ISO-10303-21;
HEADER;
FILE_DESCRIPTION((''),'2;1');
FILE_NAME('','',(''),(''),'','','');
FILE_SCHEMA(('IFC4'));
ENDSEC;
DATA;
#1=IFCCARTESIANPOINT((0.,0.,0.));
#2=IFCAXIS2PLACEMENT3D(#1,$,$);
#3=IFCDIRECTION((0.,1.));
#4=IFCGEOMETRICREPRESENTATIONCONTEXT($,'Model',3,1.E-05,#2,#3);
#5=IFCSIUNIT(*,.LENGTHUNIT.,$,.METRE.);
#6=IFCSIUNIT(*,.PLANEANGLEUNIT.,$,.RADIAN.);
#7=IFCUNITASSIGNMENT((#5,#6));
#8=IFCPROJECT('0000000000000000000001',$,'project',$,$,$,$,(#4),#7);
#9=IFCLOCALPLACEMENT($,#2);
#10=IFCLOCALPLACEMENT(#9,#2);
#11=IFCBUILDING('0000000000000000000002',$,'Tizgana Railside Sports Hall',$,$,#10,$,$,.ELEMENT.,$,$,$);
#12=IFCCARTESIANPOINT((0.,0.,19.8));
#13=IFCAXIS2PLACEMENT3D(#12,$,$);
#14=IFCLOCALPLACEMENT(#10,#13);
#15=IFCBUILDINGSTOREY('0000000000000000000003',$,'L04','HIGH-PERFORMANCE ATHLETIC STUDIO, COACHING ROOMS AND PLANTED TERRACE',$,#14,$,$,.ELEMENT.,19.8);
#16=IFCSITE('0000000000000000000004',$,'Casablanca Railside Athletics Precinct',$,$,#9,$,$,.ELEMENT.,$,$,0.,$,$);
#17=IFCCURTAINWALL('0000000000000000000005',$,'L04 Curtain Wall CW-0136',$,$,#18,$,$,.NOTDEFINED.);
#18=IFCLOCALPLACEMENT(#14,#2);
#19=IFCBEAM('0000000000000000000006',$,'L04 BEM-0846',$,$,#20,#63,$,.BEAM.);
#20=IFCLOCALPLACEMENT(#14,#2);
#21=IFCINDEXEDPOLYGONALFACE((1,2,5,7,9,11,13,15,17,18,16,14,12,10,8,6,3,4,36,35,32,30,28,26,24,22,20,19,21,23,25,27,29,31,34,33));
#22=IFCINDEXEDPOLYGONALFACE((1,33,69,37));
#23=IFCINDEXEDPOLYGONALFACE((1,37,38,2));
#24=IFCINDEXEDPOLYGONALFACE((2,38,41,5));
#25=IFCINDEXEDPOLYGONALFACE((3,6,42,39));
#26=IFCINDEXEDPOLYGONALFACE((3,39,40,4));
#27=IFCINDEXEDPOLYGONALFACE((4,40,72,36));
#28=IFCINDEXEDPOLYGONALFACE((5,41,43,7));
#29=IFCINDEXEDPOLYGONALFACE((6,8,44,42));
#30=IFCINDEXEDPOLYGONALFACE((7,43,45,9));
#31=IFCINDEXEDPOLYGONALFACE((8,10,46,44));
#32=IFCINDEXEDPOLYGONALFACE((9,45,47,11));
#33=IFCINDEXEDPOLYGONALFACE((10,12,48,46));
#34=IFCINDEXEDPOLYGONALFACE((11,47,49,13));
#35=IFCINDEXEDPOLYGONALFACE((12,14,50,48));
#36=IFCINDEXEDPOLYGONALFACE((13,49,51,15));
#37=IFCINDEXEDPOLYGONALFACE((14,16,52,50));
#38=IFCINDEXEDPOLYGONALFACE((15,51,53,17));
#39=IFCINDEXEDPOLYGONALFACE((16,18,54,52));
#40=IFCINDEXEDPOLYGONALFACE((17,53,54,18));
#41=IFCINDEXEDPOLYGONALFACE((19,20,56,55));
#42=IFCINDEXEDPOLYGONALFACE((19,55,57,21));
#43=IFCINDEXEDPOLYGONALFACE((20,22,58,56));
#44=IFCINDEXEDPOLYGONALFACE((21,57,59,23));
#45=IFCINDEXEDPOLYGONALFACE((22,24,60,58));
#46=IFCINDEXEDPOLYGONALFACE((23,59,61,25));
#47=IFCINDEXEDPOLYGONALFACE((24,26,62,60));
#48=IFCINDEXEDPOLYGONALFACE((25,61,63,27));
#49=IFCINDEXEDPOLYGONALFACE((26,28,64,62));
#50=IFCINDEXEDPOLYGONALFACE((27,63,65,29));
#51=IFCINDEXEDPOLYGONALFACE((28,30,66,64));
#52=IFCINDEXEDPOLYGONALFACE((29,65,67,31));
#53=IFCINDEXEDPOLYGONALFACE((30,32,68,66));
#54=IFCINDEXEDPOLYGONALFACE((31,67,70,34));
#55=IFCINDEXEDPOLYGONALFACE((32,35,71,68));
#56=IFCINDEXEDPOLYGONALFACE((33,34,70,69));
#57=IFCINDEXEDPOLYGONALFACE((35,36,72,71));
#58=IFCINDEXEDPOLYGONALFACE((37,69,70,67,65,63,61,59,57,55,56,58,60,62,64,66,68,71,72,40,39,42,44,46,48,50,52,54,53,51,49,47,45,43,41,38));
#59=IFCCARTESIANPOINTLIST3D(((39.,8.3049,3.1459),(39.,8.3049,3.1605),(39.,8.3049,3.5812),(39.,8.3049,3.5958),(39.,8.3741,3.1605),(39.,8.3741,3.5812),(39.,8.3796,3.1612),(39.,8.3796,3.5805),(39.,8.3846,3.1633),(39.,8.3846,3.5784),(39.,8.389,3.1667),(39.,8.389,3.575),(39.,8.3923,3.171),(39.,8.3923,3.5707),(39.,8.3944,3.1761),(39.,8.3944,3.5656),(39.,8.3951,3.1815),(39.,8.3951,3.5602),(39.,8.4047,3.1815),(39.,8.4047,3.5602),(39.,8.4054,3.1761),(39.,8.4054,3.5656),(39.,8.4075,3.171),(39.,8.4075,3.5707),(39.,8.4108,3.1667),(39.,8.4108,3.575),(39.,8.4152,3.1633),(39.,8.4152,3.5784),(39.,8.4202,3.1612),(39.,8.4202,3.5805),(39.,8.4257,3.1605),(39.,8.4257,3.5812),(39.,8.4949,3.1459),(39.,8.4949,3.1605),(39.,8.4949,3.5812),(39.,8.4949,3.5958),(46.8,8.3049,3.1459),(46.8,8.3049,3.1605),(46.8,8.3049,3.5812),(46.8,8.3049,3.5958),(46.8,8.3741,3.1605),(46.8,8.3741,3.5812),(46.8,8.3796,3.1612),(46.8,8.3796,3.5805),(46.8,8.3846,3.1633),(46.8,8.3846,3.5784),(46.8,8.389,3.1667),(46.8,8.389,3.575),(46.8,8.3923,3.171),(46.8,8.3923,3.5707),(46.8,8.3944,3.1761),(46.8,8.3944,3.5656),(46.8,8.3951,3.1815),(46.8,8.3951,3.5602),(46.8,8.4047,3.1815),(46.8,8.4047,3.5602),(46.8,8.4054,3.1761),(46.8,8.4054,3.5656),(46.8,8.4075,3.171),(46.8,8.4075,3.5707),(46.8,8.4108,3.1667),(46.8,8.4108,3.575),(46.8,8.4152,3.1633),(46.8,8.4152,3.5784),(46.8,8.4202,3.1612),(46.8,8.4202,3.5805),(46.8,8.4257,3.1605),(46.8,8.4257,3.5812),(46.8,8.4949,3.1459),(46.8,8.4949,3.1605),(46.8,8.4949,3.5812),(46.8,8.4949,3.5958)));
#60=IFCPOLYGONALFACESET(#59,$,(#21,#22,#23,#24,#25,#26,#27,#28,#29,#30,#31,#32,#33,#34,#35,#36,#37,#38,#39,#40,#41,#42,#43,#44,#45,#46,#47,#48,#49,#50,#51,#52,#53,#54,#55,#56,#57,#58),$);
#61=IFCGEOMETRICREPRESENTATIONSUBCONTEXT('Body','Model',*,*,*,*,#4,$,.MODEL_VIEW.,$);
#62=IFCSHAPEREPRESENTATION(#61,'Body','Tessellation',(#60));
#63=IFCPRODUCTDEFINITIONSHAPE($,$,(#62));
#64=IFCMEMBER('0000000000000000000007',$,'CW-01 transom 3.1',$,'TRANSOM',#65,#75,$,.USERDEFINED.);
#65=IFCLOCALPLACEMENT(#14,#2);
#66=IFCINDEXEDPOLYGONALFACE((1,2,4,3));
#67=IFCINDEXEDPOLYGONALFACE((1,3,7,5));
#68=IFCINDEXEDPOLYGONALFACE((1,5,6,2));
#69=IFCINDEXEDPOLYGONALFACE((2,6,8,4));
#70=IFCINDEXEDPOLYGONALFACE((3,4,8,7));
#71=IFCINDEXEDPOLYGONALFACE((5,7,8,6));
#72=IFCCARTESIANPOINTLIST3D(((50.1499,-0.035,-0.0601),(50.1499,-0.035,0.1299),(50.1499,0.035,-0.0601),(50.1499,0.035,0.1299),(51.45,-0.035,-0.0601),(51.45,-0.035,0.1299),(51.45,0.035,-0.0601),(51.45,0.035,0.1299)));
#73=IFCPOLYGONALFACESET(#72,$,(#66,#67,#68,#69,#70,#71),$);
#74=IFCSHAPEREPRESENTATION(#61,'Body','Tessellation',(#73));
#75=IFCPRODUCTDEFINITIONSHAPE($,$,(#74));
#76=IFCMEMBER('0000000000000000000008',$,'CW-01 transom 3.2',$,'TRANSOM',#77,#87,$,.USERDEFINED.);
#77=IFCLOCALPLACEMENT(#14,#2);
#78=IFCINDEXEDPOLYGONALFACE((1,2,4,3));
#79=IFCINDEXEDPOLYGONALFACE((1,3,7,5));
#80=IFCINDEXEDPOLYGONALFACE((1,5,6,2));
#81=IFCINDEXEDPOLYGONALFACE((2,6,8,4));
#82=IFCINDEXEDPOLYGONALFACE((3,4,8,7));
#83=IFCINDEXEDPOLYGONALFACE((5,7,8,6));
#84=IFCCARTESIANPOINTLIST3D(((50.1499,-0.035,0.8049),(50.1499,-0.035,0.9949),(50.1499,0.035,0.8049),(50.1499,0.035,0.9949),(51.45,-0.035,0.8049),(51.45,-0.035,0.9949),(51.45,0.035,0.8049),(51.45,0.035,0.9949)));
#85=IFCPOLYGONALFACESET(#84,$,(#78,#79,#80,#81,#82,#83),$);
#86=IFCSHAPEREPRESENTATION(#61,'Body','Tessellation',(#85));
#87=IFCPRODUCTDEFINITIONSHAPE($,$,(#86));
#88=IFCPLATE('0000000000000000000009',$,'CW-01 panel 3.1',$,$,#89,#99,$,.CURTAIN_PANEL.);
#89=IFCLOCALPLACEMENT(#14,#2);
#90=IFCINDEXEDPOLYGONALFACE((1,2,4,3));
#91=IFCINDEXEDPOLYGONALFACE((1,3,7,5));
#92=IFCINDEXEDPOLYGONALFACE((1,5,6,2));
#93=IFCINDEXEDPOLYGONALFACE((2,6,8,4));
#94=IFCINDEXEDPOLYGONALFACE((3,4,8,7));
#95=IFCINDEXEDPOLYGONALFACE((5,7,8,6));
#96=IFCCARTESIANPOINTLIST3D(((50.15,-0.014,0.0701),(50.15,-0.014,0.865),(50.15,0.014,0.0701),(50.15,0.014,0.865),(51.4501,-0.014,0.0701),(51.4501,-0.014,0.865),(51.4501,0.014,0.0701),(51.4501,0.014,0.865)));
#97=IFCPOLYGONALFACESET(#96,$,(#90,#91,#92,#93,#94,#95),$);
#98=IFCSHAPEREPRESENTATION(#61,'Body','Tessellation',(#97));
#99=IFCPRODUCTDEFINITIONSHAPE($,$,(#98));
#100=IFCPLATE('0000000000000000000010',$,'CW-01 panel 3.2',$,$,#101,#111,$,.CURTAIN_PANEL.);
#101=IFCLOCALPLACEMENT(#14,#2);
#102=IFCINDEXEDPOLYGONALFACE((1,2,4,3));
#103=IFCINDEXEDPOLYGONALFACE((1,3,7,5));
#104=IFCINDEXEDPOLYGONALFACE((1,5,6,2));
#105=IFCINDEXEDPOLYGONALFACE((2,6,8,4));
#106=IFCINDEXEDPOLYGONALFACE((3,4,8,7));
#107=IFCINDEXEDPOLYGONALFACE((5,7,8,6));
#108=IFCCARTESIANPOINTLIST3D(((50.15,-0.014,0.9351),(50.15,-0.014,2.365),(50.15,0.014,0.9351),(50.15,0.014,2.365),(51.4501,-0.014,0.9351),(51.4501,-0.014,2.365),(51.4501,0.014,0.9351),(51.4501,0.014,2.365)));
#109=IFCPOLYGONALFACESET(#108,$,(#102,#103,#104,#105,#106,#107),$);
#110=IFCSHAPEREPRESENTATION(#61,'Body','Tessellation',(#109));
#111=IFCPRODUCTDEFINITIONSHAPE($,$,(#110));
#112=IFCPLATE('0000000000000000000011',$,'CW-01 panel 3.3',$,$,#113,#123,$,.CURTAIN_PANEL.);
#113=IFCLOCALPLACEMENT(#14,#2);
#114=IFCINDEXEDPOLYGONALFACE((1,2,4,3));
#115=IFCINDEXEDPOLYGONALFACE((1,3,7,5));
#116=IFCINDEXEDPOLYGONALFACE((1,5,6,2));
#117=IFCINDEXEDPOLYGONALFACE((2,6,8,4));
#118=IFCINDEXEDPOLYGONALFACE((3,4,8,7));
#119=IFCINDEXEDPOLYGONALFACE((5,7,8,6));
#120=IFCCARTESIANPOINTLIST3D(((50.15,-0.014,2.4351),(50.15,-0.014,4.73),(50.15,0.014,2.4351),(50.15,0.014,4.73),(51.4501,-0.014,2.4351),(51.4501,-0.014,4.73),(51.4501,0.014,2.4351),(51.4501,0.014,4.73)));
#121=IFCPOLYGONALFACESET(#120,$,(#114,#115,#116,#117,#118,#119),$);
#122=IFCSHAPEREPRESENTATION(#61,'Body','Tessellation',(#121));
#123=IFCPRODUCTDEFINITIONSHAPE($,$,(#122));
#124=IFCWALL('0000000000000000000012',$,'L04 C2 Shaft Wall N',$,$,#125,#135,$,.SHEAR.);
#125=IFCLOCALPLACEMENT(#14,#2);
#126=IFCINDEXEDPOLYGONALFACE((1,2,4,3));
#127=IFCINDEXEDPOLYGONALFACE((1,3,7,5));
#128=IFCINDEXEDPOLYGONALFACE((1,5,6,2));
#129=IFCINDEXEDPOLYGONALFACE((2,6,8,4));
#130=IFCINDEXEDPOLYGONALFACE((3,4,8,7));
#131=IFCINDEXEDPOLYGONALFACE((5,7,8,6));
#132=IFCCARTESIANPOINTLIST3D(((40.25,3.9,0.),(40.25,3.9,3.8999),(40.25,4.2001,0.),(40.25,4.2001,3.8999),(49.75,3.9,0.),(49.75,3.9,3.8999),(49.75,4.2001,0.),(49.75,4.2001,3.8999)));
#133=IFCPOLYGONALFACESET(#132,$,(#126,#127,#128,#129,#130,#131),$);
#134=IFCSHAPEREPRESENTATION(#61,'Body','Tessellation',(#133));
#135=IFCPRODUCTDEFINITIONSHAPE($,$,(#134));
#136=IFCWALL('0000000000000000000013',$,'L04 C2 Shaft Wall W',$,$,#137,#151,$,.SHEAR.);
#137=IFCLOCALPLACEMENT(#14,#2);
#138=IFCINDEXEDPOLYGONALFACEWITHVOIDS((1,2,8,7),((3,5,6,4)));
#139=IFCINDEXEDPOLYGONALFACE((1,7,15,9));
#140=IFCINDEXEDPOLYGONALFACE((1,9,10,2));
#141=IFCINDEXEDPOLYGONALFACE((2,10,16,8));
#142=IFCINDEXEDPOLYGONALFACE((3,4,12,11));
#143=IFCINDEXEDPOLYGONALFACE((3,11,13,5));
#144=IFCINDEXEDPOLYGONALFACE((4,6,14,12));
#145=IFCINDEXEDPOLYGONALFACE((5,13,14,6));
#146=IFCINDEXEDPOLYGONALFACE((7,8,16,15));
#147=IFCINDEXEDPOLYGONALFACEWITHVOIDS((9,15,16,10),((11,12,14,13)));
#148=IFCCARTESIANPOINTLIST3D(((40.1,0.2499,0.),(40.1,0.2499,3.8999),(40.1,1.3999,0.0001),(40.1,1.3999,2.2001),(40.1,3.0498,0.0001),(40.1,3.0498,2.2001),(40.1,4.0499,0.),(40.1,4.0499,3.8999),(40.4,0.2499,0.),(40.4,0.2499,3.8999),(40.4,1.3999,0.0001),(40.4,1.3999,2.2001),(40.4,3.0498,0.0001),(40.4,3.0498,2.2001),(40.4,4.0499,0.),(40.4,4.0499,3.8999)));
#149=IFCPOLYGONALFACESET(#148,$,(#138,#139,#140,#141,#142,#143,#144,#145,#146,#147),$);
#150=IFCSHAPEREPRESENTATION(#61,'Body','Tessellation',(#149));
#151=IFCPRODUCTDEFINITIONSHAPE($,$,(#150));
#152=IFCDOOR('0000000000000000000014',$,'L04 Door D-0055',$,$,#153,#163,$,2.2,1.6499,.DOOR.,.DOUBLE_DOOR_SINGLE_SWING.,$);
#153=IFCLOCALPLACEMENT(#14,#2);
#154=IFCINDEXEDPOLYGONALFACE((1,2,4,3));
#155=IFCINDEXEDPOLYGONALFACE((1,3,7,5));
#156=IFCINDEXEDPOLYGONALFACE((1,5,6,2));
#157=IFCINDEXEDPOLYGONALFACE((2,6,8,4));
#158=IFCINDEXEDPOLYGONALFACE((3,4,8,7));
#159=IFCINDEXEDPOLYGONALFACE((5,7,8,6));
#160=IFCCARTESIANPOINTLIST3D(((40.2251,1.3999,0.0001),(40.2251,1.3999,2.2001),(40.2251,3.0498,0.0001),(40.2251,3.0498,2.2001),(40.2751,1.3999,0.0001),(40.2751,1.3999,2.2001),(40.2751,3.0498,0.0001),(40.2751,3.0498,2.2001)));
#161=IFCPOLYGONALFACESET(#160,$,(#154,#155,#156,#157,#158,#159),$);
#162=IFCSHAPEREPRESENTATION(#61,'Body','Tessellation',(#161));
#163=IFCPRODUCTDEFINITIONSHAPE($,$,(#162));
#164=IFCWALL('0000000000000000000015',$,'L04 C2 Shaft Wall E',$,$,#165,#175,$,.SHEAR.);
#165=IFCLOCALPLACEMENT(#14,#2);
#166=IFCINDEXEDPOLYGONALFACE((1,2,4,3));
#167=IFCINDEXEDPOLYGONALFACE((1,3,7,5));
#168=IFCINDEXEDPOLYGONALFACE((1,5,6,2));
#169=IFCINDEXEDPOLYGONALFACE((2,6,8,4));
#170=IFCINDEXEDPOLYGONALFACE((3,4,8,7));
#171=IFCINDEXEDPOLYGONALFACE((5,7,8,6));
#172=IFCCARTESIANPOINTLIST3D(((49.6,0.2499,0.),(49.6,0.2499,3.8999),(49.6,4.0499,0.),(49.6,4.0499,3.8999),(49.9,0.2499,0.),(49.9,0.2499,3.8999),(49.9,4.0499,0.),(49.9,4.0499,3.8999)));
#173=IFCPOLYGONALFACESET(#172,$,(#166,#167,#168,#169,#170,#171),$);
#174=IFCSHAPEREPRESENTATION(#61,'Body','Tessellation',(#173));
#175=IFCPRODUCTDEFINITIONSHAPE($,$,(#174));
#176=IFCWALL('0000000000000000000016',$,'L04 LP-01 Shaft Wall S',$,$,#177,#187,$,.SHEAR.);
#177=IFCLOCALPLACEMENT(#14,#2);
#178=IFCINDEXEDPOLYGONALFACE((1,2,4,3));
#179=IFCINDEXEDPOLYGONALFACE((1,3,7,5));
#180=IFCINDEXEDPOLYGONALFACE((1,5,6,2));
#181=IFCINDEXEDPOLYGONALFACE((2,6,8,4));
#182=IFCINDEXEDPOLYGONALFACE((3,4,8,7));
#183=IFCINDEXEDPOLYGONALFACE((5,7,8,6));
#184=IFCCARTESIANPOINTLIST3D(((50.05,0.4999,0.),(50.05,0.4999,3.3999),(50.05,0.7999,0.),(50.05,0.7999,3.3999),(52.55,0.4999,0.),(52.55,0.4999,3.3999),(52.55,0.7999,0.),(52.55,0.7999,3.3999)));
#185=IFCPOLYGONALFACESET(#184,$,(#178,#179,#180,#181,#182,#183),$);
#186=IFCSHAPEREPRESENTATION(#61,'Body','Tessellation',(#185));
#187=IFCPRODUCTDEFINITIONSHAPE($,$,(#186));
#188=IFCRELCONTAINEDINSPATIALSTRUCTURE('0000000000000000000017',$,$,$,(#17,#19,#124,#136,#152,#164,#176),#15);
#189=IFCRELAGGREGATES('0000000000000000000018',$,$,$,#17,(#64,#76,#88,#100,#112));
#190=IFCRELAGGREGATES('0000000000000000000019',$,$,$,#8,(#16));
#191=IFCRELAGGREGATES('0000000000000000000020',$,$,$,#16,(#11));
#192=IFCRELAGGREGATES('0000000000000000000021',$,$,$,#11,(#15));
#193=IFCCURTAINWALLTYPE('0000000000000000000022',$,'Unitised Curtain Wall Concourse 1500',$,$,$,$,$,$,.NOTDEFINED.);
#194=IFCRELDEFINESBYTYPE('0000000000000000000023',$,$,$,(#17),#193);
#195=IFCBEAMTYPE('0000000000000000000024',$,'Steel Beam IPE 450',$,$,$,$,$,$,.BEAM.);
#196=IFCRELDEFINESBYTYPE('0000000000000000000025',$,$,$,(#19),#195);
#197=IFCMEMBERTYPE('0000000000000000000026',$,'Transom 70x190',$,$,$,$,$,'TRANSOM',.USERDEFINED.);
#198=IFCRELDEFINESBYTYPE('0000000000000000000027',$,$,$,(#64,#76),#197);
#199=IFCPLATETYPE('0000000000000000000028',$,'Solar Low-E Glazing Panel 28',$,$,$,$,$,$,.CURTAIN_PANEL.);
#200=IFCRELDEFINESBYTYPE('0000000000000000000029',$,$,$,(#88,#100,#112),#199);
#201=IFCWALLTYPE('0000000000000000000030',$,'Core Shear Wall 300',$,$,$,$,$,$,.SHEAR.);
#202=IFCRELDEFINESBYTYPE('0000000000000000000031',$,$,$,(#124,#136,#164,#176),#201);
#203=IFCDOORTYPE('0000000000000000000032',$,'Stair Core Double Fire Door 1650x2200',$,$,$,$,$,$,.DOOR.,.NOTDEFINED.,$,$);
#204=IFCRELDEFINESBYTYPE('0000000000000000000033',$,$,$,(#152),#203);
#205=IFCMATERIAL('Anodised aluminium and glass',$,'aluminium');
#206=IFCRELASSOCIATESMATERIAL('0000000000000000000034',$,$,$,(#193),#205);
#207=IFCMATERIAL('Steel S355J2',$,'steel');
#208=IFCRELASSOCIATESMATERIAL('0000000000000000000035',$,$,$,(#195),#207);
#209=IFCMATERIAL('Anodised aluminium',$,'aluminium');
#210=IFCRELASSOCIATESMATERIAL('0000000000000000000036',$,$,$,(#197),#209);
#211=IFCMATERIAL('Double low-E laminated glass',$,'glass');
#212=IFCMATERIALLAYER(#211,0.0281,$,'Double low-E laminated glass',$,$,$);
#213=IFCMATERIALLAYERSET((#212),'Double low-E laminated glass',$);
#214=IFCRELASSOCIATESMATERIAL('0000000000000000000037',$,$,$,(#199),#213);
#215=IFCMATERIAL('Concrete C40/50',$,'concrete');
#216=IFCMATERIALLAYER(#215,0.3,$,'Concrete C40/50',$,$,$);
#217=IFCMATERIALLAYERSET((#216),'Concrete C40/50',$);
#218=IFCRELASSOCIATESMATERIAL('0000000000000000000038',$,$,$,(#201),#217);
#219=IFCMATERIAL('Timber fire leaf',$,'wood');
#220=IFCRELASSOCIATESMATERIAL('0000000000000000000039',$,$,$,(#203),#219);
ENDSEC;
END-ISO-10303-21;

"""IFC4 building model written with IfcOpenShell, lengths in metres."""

from ifc_helpers import new_model, si_unit, direction, frame, frame_2d, origin, origin_2d, place, context, subcontext, project, spatial, rectangle, i_section, extrude, material, layer, layer_set, material_profile, profile_set, type_object, element, fill, aggregate, save


model = new_model("IFC4")

# Units and contexts
model_context = context("Model", 3, precision=1e-05, world=origin(), true_north=direction((0.0, 1.0)))
body_context = subcontext(model_context, "Body", "Model", "MODEL_VIEW")
ifc_project = project(units=[si_unit("LENGTHUNIT", "METRE"), si_unit("PLANEANGLEUNIT", "RADIAN")], contexts=[model_context])

# Site, building, storey
site_placement = place(None, origin())
site = spatial("IfcSite", under=ifc_project, at=site_placement, Name="Casablanca Railside Athletics Precinct", CompositionType="ELEMENT", RefElevation=0.0)
building_placement = place(site_placement, origin())
building = spatial("IfcBuilding", under=site, at=building_placement, Name="Tizgana Railside Sports Hall", CompositionType="ELEMENT")
storey_placement = place(building_placement, frame((0.0, 0.0, 19.8)))
storey = spatial("IfcBuildingStorey", under=building, at=storey_placement, Name="L04", Description="HIGH-PERFORMANCE ATHLETIC STUDIO, COACHING ROOMS AND PLANTED TERRACE", CompositionType="ELEMENT", Elevation=19.8)

# Curtain wall
ifc_material_1 = material(Name="Anodised aluminium and glass", Category="aluminium")
curtain_wall_type = type_object("IfcCurtainWallType", Name="Unitised Curtain Wall Concourse 1500", PredefinedType="NOTDEFINED", material=ifc_material_1)
curtain_wall_placement = place(storey_placement, origin())
curtain_wall = element("IfcCurtainWall", 1, at=curtain_wall_placement, inside=storey, type_object=curtain_wall_type, Name="L04 Curtain Wall CW-0136", PredefinedType="NOTDEFINED")
ifc_material_2 = material(Name="Anodised aluminium", Category="aluminium")

# Beam
ifc_material_3 = material(Name="Steel S355J2", Category="steel")
ifc_material_profile_1 = material_profile(ifc_material_3, i_section(OverallWidth=0.1899, OverallDepth=0.45, WebThickness=0.0095, FlangeThickness=0.0146, FilletRadius=0.021, at=origin_2d()), Name="IPE 450")
ifc_profile_set_1 = profile_set([ifc_material_profile_1], Name="Steel S355J2")
beam_type_1 = type_object("IfcBeamType", Name="Steel Beam IPE 450", PredefinedType="BEAM", material=ifc_profile_set_1)
beam_1_placement = place(storey_placement, frame((39.0, 8.3999, 3.3708), z_axis=(1.0, 0.0, 0.0), x_axis=(0.0, 1.0, 0.0)))
element("IfcBeam", 2, at=beam_1_placement, inside=storey, type_object=beam_type_1, Name="L04 BEM-0846", PredefinedType="BEAM", context=body_context, shape_type="SweptSolid", body=[
    extrude(i_section(OverallWidth=0.1899, OverallDepth=0.45, WebThickness=0.0095, FlangeThickness=0.0146, FilletRadius=0.021, at=origin_2d()), origin(), (0.0, 0.0, 1.0), 7.8),
])

# Members
ifc_material_profile_2 = material_profile(ifc_material_2, rectangle(XDim=0.0701, YDim=0.1899, at=origin_2d()), Name="Transom 70x190")
ifc_profile_set_2 = profile_set([ifc_material_profile_2], Name="Anodised aluminium")
member_type_1 = type_object("IfcMemberType", Name="Transom 70x190", ElementType="TRANSOM", PredefinedType="USERDEFINED", material=ifc_profile_set_2)
member_1_placement = place(storey_placement, frame((51.45, 0.0, 0.0349), z_axis=(-1.0, 0.0, 0.0), x_axis=(0.0, -1.0, 0.0)))
member_1 = element("IfcMember", 3, at=member_1_placement, type_object=member_type_1, Name="CW-01 transom 3.1", ObjectType="TRANSOM", PredefinedType="USERDEFINED", context=body_context, shape_type="SweptSolid", body=[
    extrude(rectangle(XDim=0.0701, YDim=0.1899, at=origin_2d()), origin(), (0.0, 0.0, 1.0), 1.3),
])
member_2_placement = place(storey_placement, frame((51.45, 0.0, 0.8999), z_axis=(-1.0, 0.0, 0.0), x_axis=(0.0, -1.0, 0.0)))
member_2 = element("IfcMember", 4, at=member_2_placement, type_object=member_type_1, Name="CW-01 transom 3.2", ObjectType="TRANSOM", PredefinedType="USERDEFINED", context=body_context, shape_type="SweptSolid", body=[
    extrude(rectangle(XDim=0.0701, YDim=0.1899, at=origin_2d()), origin(), (0.0, 0.0, 1.0), 1.3),
])

# Plates
ifc_material_4 = material(Name="Double low-E laminated glass", Category="glass")
ifc_layer_1 = layer(ifc_material_4, 0.0281, Name="Double low-E laminated glass")
ifc_layer_set_1 = layer_set([ifc_layer_1], Name="Double low-E laminated glass")
plate_type = type_object("IfcPlateType", Name="Solar Low-E Glazing Panel 28", PredefinedType="CURTAIN_PANEL", material=ifc_layer_set_1)
plate_1_placement = place(storey_placement, frame((50.8, 0.0, 0.0701), z_axis=(0.0, 0.0, 1.0), x_axis=(-1.0, 0.0, 0.0)))
plate_1 = element("IfcPlate", 5, at=plate_1_placement, type_object=plate_type, Name="CW-01 panel 3.1", PredefinedType="CURTAIN_PANEL", context=body_context, shape_type="SweptSolid", body=[
    extrude(rectangle(XDim=1.3, YDim=0.0281, at=origin_2d()), origin(), (0.0, 0.0, 1.0), 0.7949),
])
plate_2_placement = place(storey_placement, frame((50.8, 0.0, 0.9351), z_axis=(0.0, 0.0, 1.0), x_axis=(-1.0, 0.0, 0.0)))
plate_2 = element("IfcPlate", 6, at=plate_2_placement, type_object=plate_type, Name="CW-01 panel 3.2", PredefinedType="CURTAIN_PANEL", context=body_context, shape_type="SweptSolid", body=[
    extrude(rectangle(XDim=1.3, YDim=0.0281, at=origin_2d()), origin(), (0.0, 0.0, 1.0), 1.4299),
])
plate_3_placement = place(storey_placement, frame((50.8, 0.0, 2.4351), z_axis=(0.0, 0.0, 1.0), x_axis=(-1.0, 0.0, 0.0)))
plate_3 = element("IfcPlate", 7, at=plate_3_placement, type_object=plate_type, Name="CW-01 panel 3.3", PredefinedType="CURTAIN_PANEL", context=body_context, shape_type="SweptSolid", body=[
    extrude(rectangle(XDim=1.3, YDim=0.0281, at=origin_2d()), origin(), (0.0, 0.0, 1.0), 2.2949),
])
aggregate(curtain_wall, [member_1, member_2, plate_1, plate_2, plate_3])

# Wall
ifc_material_5 = material(Name="Concrete C40/50", Category="concrete")
ifc_layer_2 = layer(ifc_material_5, 0.3, Name="Concrete C40/50")
ifc_layer_set_2 = layer_set([ifc_layer_2], Name="Concrete C40/50")
wall_type_1 = type_object("IfcWallType", Name="Core Shear Wall 300", PredefinedType="SHEAR", material=ifc_layer_set_2)
wall_1_placement = place(storey_placement, frame((40.25, 4.05, 0.0), z_axis=(0.0, 0.0, 1.0), x_axis=(1.0, 0.0, 0.0)))
element("IfcWall", 8, at=wall_1_placement, inside=storey, type_object=wall_type_1, Name="L04 C2 Shaft Wall N", PredefinedType="SHEAR", context=body_context, shape_type="SweptSolid", body=[
    extrude(rectangle(XDim=9.5, YDim=0.3, at=frame_2d((4.75, 0.0))), origin(), (0.0, 0.0, 1.0), 3.8999),
])

# Wall, opening, door
wall_2_placement = place(storey_placement, frame((40.25, 0.25, 0.0), z_axis=(0.0, 0.0, 1.0), x_axis=(0.0, 1.0, 0.0)))
wall_2 = element("IfcWall", 9, at=wall_2_placement, inside=storey, type_object=wall_type_1, Name="L04 C2 Shaft Wall W", PredefinedType="SHEAR", context=body_context, shape_type="SweptSolid", body=[
    extrude(rectangle(XDim=3.8, YDim=0.3, at=frame_2d((1.8999, 0.0))), origin(), (0.0, 0.0, 1.0), 3.8999),
])
opening_1_placement = place(wall_2_placement, frame((1.1499, 0.0, 0.0)))
opening_1 = element("IfcOpeningElement", 10, at=opening_1_placement, cuts=wall_2, PredefinedType="OPENING", context=body_context, shape_type="SweptSolid", body=[
    extrude(rectangle(XDim=1.6499, YDim=2.2, at=frame_2d((0.825, 1.1001))), frame((0.0, 0.1599, 0.0), z_axis=(0.0, -1.0, 0.0), x_axis=(1.0, 0.0, 0.0)), (0.0, 0.0, 1.0), 0.3201),
])
ifc_material_6 = material(Name="Timber fire leaf", Category="wood")
door_type_1 = type_object("IfcDoorType", Name="Stair Core Double Fire Door 1650x2200", OperationType="NOTDEFINED", PredefinedType="DOOR", material=ifc_material_6)
door_1_placement = place(opening_1_placement, origin())
door_1 = element("IfcDoor", 11, at=door_1_placement, inside=storey, type_object=door_type_1, Name="L04 Door D-0055", OperationType="DOUBLE_DOOR_SINGLE_SWING", OverallHeight=2.2, OverallWidth=1.6499, PredefinedType="DOOR", context=body_context, shape_type="SweptSolid", body=[
    extrude(rectangle(XDim=1.6499, YDim=2.2, at=frame_2d((0.825, 1.1001))), frame((0.0, 0.0249, 0.0), z_axis=(0.0, -1.0, 0.0), x_axis=(1.0, 0.0, 0.0)), (0.0, 0.0, 1.0), 0.05),
])
fill(opening_1, door_1)

# Walls
wall_3_placement = place(storey_placement, frame((49.75, 0.25, 0.0), z_axis=(0.0, 0.0, 1.0), x_axis=(0.0, 1.0, 0.0)))
element("IfcWall", 12, at=wall_3_placement, inside=storey, type_object=wall_type_1, Name="L04 C2 Shaft Wall E", PredefinedType="SHEAR", context=body_context, shape_type="SweptSolid", body=[
    extrude(rectangle(XDim=3.8, YDim=0.3, at=frame_2d((1.8999, 0.0))), origin(), (0.0, 0.0, 1.0), 3.8999),
])
wall_4_placement = place(storey_placement, frame((50.05, 0.6499, 0.0), z_axis=(0.0, 0.0, 1.0), x_axis=(1.0, 0.0, 0.0)))
element("IfcWall", 13, at=wall_4_placement, inside=storey, type_object=wall_type_1, Name="L04 LP-01 Shaft Wall S", PredefinedType="SHEAR", context=body_context, shape_type="SweptSolid", body=[
    extrude(rectangle(XDim=2.5, YDim=0.3, at=frame_2d((1.25, 0.0))), origin(), (0.0, 0.0, 1.0), 3.3999),
])

save(model, "model.ifc")
